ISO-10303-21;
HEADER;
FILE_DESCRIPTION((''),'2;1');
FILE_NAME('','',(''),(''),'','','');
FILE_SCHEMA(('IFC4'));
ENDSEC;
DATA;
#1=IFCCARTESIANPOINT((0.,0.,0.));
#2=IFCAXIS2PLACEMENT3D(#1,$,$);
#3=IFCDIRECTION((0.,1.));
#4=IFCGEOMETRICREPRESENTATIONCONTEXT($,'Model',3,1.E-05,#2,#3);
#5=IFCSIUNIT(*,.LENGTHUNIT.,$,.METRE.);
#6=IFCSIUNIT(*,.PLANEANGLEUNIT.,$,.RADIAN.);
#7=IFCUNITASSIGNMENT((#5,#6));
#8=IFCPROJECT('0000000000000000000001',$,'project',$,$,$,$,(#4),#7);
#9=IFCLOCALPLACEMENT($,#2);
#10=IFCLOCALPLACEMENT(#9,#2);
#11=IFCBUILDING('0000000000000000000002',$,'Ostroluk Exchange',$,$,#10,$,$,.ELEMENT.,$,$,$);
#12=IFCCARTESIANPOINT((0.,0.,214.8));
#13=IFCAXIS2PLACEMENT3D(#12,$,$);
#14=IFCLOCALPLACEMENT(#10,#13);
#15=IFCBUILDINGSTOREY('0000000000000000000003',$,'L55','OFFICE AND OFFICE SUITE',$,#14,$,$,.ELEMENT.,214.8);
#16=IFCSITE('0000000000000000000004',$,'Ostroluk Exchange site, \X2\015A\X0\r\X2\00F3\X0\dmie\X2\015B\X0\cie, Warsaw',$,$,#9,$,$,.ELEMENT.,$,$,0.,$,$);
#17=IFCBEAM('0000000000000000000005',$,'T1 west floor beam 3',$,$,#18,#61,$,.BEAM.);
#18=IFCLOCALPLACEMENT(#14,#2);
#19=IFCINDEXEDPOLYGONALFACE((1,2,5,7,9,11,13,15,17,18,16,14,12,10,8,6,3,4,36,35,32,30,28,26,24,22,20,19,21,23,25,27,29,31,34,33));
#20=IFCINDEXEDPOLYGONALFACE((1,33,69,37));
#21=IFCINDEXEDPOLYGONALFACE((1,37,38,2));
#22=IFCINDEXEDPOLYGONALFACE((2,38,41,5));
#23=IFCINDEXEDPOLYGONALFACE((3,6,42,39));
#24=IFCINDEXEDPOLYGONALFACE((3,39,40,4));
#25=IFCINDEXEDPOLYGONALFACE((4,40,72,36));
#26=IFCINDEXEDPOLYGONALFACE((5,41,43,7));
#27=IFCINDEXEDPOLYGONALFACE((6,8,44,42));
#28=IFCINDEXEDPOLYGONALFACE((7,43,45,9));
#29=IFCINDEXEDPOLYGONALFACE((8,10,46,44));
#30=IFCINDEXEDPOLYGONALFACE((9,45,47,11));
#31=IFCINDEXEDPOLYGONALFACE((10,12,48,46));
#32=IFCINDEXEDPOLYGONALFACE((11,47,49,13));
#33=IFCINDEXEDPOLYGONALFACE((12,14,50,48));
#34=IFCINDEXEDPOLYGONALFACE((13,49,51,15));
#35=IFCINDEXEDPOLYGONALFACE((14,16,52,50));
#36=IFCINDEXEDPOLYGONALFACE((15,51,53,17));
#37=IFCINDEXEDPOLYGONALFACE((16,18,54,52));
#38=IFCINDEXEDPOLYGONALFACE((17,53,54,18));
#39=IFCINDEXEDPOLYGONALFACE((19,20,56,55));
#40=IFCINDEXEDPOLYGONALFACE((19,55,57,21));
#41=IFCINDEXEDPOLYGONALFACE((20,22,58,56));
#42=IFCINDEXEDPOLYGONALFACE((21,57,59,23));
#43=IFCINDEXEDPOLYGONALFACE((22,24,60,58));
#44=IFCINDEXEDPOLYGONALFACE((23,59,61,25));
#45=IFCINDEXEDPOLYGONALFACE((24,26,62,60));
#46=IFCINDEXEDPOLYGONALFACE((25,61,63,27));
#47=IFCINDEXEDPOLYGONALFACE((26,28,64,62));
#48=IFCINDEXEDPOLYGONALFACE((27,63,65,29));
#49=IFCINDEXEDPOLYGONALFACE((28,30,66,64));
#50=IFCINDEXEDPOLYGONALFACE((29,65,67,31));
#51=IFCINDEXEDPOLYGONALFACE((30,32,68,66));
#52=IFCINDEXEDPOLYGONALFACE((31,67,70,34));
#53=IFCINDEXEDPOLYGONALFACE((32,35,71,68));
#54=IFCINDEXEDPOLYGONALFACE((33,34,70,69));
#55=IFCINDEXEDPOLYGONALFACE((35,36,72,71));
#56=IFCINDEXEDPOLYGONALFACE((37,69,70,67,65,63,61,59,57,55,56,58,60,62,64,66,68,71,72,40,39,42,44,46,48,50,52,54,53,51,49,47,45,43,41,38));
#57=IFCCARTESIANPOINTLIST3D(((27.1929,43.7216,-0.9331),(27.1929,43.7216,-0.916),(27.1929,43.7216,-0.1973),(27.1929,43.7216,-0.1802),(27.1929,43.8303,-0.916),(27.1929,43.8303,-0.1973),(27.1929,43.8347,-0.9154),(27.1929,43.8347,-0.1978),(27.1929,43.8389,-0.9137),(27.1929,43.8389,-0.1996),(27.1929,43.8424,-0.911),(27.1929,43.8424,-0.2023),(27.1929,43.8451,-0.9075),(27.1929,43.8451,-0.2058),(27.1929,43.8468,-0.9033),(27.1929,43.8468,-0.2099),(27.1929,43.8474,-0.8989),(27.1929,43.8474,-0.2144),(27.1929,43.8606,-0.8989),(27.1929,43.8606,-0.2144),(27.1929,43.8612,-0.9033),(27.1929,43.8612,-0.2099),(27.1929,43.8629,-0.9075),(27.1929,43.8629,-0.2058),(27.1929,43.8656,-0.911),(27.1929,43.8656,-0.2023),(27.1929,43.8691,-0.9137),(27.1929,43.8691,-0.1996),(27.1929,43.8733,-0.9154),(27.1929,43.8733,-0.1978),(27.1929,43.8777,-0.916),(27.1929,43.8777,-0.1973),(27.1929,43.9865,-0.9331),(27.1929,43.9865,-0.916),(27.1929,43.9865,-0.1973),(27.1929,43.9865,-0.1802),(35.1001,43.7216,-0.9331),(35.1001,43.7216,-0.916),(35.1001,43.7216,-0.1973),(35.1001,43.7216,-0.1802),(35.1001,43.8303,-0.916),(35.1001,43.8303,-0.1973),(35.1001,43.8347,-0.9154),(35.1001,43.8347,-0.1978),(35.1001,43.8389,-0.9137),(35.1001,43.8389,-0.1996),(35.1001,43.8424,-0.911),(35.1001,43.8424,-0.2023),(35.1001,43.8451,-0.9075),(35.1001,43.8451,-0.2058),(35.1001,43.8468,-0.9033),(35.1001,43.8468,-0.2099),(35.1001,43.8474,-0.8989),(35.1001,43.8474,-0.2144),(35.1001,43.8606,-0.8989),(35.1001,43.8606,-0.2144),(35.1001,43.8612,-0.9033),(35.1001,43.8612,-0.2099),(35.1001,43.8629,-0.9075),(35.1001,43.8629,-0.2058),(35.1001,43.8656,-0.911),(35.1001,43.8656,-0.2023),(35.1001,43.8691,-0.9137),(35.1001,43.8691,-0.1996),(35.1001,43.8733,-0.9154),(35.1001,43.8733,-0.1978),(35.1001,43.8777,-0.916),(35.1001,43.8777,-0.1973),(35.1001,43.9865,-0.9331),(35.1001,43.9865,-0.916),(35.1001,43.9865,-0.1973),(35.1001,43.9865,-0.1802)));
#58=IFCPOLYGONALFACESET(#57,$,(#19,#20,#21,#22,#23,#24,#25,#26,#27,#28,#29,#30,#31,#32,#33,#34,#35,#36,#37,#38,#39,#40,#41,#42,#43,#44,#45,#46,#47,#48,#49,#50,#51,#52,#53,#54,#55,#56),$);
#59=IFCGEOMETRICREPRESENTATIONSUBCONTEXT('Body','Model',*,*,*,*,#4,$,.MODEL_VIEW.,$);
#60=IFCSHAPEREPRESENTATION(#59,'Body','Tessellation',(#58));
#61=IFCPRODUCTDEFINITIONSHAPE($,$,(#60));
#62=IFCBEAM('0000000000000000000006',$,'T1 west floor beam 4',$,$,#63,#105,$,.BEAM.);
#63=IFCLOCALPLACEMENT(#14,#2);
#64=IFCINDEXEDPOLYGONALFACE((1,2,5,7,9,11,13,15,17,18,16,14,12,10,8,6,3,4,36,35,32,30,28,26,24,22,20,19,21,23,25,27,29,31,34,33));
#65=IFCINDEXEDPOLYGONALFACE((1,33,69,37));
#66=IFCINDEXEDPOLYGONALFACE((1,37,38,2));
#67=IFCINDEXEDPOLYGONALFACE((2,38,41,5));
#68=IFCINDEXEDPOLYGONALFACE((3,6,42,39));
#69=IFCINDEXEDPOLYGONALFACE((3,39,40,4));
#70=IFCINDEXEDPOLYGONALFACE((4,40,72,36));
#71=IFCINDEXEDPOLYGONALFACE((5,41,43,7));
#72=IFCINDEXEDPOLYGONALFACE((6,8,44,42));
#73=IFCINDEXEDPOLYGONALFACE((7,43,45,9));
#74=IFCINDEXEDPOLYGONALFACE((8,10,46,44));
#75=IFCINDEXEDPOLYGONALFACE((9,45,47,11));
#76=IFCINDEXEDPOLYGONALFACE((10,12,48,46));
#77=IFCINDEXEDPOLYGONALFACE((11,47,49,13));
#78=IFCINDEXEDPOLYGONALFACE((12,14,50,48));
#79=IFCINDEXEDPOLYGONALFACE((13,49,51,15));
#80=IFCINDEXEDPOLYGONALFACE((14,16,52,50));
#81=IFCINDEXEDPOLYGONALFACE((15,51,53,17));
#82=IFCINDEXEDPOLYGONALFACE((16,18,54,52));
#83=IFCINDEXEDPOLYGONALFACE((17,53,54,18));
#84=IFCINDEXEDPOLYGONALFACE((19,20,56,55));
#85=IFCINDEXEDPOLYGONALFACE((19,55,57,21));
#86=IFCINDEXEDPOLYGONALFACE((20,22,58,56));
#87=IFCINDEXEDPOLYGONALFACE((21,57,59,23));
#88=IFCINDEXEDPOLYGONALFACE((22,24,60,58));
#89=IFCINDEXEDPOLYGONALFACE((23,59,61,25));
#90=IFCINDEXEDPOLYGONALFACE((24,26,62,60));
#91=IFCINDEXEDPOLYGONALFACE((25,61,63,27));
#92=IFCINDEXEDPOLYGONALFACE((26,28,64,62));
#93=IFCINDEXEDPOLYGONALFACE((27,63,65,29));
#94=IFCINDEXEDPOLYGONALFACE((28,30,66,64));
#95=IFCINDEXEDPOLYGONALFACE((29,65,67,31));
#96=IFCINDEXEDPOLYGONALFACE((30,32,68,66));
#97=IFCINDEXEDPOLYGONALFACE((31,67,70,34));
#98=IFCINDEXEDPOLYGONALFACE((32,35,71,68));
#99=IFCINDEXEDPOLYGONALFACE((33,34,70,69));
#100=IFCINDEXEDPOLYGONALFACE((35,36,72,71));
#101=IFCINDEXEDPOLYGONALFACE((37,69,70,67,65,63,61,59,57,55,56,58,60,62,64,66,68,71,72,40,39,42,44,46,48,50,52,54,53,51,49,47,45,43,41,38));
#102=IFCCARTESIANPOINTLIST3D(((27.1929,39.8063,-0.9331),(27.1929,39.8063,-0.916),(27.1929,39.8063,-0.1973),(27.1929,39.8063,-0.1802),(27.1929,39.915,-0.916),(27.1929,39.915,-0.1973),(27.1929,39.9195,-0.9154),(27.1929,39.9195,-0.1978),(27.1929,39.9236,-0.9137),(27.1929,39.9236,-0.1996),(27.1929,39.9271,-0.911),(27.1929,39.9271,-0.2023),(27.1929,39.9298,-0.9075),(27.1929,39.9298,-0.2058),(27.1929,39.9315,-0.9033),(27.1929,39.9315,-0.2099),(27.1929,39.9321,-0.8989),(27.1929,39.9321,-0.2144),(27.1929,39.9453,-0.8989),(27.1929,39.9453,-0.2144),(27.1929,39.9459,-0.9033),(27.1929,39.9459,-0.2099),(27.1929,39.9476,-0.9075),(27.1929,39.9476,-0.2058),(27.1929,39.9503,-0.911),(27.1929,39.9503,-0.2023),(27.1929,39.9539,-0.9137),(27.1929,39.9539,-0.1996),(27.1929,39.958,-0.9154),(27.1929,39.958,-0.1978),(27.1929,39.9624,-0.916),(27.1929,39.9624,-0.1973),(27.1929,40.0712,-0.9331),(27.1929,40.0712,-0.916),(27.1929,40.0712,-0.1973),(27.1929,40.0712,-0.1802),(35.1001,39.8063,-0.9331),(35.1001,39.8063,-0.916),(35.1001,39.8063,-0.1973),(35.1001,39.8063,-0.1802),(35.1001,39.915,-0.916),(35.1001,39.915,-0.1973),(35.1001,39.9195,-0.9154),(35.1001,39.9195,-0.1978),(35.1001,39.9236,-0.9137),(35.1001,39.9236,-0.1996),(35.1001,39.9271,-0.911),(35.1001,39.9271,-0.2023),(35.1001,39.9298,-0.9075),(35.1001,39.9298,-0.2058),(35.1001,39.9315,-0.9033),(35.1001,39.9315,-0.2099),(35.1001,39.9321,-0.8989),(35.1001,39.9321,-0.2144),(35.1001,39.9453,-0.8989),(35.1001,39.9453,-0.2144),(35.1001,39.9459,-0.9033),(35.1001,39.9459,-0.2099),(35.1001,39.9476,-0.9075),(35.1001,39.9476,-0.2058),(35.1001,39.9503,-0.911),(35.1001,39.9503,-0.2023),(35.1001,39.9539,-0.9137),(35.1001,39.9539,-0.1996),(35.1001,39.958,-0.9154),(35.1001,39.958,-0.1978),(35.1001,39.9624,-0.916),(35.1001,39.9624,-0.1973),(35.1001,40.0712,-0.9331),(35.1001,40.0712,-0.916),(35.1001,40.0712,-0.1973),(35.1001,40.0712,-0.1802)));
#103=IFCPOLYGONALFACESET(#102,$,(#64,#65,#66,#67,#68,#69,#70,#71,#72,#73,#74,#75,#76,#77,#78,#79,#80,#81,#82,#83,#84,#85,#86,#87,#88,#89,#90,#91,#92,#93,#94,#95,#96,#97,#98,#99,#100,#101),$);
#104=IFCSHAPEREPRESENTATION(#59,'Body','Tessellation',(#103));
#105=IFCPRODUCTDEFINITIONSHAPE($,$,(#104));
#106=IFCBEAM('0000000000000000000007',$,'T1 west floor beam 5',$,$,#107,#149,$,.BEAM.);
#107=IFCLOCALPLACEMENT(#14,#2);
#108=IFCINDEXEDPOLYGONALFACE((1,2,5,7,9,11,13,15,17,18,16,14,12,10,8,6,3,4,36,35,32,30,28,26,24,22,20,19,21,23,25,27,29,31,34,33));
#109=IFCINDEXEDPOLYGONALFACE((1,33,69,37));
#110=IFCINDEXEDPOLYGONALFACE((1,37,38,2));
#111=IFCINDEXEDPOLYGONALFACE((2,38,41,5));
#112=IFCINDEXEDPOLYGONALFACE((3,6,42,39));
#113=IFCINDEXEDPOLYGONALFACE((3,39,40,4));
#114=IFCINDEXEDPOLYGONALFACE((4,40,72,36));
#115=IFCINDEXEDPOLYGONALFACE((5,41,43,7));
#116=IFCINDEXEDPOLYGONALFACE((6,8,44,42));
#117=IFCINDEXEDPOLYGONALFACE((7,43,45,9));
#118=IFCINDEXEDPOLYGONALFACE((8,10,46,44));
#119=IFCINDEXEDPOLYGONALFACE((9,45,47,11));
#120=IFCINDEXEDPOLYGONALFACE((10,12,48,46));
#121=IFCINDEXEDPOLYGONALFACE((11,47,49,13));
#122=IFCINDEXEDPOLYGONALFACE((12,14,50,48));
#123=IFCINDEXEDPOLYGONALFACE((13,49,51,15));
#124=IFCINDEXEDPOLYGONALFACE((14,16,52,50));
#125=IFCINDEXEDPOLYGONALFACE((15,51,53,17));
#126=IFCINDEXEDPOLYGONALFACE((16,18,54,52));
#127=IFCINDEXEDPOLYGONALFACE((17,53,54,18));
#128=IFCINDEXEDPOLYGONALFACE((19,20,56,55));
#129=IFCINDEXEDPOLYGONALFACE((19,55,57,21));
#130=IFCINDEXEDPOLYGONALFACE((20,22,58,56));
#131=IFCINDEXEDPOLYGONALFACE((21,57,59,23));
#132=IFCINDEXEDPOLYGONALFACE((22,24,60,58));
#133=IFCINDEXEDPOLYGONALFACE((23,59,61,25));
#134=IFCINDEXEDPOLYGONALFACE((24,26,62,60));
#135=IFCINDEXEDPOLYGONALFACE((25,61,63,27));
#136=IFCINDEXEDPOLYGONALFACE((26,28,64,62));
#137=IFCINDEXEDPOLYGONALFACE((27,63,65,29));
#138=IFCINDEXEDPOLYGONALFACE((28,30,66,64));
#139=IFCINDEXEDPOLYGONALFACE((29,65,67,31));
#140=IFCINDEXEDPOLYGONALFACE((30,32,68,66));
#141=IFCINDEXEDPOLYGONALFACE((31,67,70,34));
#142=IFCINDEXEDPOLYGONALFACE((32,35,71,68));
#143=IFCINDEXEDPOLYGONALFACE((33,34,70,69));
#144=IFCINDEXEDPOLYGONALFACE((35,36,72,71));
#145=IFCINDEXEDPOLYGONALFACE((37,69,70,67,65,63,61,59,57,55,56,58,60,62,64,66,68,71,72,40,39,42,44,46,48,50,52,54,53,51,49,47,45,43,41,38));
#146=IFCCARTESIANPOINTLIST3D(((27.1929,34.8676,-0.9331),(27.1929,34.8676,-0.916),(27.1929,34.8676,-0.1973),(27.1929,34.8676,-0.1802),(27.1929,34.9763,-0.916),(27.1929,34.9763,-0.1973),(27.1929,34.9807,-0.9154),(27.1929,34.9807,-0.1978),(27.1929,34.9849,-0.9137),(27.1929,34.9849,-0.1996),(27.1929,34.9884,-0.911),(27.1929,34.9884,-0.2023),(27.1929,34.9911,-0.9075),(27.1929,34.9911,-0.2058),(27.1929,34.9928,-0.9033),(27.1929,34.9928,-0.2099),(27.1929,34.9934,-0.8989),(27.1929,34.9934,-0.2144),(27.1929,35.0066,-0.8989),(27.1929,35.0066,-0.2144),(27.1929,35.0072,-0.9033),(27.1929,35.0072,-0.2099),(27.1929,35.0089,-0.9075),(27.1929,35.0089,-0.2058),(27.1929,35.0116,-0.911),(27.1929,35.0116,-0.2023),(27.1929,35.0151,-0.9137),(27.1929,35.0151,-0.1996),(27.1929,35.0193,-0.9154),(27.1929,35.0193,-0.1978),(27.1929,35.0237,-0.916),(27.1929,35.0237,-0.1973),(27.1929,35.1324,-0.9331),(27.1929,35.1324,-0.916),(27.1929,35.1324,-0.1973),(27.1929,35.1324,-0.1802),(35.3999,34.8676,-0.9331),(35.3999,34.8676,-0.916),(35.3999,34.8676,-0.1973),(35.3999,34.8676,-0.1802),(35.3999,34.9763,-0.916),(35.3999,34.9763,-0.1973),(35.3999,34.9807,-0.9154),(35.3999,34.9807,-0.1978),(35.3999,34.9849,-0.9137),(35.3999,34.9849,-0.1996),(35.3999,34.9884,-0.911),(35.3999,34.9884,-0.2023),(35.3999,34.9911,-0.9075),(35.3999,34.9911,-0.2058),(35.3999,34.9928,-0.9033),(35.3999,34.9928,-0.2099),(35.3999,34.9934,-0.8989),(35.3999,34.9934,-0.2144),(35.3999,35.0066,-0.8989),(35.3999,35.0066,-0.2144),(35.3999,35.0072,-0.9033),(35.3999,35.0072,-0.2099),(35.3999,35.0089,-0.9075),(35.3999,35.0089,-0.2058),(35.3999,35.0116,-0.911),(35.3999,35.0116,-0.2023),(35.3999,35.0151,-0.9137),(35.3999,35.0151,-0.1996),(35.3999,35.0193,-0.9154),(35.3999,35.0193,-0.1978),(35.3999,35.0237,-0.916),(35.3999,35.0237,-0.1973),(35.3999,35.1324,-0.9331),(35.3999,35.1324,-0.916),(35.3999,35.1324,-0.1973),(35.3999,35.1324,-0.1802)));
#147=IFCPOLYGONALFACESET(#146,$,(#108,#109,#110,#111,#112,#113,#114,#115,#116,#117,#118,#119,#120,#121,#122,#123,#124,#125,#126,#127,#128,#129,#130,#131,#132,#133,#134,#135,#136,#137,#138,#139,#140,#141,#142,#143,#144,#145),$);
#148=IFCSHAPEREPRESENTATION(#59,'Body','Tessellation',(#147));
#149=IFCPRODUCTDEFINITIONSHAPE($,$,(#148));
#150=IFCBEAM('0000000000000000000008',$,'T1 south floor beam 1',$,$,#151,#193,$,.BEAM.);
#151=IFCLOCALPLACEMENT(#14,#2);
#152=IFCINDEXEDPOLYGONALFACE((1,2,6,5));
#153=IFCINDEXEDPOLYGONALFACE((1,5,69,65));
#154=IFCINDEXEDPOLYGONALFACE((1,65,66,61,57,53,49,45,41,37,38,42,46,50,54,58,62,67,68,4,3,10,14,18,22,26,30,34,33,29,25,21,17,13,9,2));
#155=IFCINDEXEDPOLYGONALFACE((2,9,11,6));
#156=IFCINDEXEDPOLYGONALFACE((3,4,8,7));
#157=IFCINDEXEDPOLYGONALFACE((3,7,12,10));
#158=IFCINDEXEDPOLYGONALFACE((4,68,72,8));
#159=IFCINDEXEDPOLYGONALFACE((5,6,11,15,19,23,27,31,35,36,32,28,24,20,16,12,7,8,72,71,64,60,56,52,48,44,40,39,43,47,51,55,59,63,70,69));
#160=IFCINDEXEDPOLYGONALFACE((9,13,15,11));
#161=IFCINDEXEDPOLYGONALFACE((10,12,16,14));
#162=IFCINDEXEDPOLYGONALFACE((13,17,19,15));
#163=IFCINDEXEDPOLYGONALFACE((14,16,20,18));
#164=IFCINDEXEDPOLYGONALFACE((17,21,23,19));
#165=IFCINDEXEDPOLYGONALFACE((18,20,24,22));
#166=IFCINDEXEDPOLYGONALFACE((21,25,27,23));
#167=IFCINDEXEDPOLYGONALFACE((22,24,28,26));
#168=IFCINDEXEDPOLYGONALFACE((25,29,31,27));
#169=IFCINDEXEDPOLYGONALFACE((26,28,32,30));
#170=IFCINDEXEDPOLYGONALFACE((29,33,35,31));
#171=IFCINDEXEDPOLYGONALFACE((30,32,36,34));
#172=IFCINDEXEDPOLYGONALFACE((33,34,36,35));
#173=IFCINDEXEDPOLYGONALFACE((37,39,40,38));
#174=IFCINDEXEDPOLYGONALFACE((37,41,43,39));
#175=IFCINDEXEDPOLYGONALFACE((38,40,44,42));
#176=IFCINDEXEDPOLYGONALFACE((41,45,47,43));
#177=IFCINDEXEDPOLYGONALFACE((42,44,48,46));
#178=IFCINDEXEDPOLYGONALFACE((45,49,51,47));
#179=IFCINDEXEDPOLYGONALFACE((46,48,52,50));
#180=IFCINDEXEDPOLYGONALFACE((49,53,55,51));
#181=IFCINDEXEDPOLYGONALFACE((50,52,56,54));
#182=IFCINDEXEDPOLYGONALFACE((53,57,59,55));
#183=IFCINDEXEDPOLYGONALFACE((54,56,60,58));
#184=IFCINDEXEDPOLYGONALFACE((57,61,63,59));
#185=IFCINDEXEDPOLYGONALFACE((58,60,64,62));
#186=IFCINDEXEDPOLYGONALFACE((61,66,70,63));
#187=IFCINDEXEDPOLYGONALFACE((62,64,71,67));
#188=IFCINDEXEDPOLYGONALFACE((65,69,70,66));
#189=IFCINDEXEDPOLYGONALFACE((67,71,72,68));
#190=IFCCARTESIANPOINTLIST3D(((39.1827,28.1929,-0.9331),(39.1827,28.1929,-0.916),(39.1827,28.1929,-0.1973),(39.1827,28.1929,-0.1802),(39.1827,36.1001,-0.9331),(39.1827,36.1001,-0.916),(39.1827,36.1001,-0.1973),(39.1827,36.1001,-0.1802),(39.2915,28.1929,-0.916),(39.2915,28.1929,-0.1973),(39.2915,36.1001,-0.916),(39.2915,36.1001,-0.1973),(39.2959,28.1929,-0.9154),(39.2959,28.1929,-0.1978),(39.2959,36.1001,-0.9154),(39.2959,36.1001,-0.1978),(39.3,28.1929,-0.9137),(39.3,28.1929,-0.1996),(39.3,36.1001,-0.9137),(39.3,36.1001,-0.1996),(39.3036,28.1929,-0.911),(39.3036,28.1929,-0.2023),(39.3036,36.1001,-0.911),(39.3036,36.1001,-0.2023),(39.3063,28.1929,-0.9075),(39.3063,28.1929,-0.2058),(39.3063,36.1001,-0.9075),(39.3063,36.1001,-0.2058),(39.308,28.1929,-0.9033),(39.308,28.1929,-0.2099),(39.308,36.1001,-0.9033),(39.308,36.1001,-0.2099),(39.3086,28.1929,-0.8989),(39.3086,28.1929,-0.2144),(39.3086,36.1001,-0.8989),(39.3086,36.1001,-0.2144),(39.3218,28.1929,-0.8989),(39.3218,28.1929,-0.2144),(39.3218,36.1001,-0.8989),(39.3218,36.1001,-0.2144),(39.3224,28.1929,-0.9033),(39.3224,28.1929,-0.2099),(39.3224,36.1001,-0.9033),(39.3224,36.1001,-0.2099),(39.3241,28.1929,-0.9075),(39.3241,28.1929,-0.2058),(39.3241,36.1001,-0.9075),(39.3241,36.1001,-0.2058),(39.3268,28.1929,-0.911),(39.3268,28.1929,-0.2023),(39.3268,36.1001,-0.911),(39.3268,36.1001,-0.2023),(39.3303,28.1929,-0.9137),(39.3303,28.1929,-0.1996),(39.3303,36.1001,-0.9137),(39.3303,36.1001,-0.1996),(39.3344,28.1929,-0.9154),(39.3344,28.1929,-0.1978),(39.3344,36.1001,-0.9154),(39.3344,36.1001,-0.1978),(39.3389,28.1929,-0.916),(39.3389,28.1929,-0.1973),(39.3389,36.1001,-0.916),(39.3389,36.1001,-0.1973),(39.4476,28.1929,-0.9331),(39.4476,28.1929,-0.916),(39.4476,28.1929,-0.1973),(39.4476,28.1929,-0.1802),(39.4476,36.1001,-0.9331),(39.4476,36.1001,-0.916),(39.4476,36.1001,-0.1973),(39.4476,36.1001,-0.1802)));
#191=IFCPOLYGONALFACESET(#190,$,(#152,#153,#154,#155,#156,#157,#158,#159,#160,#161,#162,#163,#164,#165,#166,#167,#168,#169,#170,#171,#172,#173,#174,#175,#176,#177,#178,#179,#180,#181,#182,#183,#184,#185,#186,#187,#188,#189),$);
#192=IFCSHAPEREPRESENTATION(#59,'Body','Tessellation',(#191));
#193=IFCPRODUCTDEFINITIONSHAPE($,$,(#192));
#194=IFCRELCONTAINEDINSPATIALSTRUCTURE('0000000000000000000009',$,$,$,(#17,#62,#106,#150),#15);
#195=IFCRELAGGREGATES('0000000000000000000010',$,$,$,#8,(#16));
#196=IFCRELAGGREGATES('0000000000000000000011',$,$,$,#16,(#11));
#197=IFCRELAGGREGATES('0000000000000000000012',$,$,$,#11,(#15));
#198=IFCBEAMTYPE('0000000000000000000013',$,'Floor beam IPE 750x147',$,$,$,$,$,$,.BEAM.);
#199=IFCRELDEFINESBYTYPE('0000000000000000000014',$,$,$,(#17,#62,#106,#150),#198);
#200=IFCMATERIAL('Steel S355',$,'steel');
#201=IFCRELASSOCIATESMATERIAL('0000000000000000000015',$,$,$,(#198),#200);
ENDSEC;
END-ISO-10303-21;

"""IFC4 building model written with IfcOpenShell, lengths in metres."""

from ifc_helpers import new_model, si_unit, direction, frame, origin, origin_2d, place, context, subcontext, project, spatial, i_section, extrude, material, material_profile, profile_set, type_object, element, save


model = new_model("IFC4")

# Units and contexts
model_context = context("Model", 3, precision=1e-05, world=origin(), true_north=direction((0.0, 1.0)))
body_context = subcontext(model_context, "Body", "Model", "MODEL_VIEW")
ifc_project = project(units=[si_unit("LENGTHUNIT", "METRE"), si_unit("PLANEANGLEUNIT", "RADIAN")], contexts=[model_context])

# Site, building, storey
site_placement = place(None, origin())
site = spatial("IfcSite", under=ifc_project, at=site_placement, Name="Ostroluk Exchange site, Śródmieście, Warsaw", CompositionType="ELEMENT", RefElevation=0.0)
building_placement = place(site_placement, origin())
building = spatial("IfcBuilding", under=site, at=building_placement, Name="Ostroluk Exchange", CompositionType="ELEMENT")
storey_placement = place(building_placement, frame((0.0, 0.0, 214.8)))
storey = spatial("IfcBuildingStorey", under=building, at=storey_placement, Name="L55", Description="OFFICE AND OFFICE SUITE", CompositionType="ELEMENT", Elevation=214.8)

# Beams
ifc_material_1 = material(Name="Steel S355", Category="steel")
ifc_material_profile_1 = material_profile(ifc_material_1, i_section(OverallWidth=0.2649, OverallDepth=0.7529, WebThickness=0.0132, FlangeThickness=0.0171, FilletRadius=0.0171, at=origin_2d()), Name="IPE 750x147")
ifc_profile_set_1 = profile_set([ifc_material_profile_1], Name="Steel S355")
beam_type_1 = type_object("IfcBeamType", Name="Floor beam IPE 750x147", PredefinedType="BEAM", material=ifc_profile_set_1)
for number, where, z_axis, x_axis, name in (
    (1, (35.1001, 43.854, -0.5566), (-1.0, 0.0, 0.0), (0.0, -1.0, 0.0), "T1 west floor beam 3"),
    (2, (35.1001, 39.9387, -0.5566), (-1.0, 0.0, 0.0), (0.0, -1.0, 0.0), "T1 west floor beam 4"),
):
    element("IfcBeam", number, at=place(storey_placement, frame(where, z_axis=z_axis, x_axis=x_axis)), inside=storey, type_object=beam_type_1, Name=name, PredefinedType="BEAM", context=body_context, shape_type="SweptSolid", body=[
        extrude(i_section(OverallWidth=0.2649, OverallDepth=0.7529, WebThickness=0.0132, FlangeThickness=0.0171, FilletRadius=0.0171, at=origin_2d()), origin(), (0.0, 0.0, 1.0), 7.9072),
    ])
beam_1_placement = place(storey_placement, frame((35.3999, 35.0, -0.5566), z_axis=(-1.0, 0.0, 0.0), x_axis=(0.0, -1.0, 0.0)))
element("IfcBeam", 3, at=beam_1_placement, inside=storey, type_object=beam_type_1, Name="T1 west floor beam 5", PredefinedType="BEAM", context=body_context, shape_type="SweptSolid", body=[
    extrude(i_section(OverallWidth=0.2649, OverallDepth=0.7529, WebThickness=0.0132, FlangeThickness=0.0171, FilletRadius=0.0171, at=origin_2d()), origin(), (0.0, 0.0, 1.0), 8.207),
])
beam_2_placement = place(storey_placement, frame((39.3152, 36.1001, -0.5566), z_axis=(0.0, -1.0, 0.0), x_axis=(1.0, 0.0, 0.0)))
element("IfcBeam", 4, at=beam_2_placement, inside=storey, type_object=beam_type_1, Name="T1 south floor beam 1", PredefinedType="BEAM", context=body_context, shape_type="SweptSolid", body=[
    extrude(i_section(OverallWidth=0.2649, OverallDepth=0.7529, WebThickness=0.0132, FlangeThickness=0.0171, FilletRadius=0.0171, at=origin_2d()), origin(), (0.0, 0.0, 1.0), 7.9072),
])

save(model, "model.ifc")
